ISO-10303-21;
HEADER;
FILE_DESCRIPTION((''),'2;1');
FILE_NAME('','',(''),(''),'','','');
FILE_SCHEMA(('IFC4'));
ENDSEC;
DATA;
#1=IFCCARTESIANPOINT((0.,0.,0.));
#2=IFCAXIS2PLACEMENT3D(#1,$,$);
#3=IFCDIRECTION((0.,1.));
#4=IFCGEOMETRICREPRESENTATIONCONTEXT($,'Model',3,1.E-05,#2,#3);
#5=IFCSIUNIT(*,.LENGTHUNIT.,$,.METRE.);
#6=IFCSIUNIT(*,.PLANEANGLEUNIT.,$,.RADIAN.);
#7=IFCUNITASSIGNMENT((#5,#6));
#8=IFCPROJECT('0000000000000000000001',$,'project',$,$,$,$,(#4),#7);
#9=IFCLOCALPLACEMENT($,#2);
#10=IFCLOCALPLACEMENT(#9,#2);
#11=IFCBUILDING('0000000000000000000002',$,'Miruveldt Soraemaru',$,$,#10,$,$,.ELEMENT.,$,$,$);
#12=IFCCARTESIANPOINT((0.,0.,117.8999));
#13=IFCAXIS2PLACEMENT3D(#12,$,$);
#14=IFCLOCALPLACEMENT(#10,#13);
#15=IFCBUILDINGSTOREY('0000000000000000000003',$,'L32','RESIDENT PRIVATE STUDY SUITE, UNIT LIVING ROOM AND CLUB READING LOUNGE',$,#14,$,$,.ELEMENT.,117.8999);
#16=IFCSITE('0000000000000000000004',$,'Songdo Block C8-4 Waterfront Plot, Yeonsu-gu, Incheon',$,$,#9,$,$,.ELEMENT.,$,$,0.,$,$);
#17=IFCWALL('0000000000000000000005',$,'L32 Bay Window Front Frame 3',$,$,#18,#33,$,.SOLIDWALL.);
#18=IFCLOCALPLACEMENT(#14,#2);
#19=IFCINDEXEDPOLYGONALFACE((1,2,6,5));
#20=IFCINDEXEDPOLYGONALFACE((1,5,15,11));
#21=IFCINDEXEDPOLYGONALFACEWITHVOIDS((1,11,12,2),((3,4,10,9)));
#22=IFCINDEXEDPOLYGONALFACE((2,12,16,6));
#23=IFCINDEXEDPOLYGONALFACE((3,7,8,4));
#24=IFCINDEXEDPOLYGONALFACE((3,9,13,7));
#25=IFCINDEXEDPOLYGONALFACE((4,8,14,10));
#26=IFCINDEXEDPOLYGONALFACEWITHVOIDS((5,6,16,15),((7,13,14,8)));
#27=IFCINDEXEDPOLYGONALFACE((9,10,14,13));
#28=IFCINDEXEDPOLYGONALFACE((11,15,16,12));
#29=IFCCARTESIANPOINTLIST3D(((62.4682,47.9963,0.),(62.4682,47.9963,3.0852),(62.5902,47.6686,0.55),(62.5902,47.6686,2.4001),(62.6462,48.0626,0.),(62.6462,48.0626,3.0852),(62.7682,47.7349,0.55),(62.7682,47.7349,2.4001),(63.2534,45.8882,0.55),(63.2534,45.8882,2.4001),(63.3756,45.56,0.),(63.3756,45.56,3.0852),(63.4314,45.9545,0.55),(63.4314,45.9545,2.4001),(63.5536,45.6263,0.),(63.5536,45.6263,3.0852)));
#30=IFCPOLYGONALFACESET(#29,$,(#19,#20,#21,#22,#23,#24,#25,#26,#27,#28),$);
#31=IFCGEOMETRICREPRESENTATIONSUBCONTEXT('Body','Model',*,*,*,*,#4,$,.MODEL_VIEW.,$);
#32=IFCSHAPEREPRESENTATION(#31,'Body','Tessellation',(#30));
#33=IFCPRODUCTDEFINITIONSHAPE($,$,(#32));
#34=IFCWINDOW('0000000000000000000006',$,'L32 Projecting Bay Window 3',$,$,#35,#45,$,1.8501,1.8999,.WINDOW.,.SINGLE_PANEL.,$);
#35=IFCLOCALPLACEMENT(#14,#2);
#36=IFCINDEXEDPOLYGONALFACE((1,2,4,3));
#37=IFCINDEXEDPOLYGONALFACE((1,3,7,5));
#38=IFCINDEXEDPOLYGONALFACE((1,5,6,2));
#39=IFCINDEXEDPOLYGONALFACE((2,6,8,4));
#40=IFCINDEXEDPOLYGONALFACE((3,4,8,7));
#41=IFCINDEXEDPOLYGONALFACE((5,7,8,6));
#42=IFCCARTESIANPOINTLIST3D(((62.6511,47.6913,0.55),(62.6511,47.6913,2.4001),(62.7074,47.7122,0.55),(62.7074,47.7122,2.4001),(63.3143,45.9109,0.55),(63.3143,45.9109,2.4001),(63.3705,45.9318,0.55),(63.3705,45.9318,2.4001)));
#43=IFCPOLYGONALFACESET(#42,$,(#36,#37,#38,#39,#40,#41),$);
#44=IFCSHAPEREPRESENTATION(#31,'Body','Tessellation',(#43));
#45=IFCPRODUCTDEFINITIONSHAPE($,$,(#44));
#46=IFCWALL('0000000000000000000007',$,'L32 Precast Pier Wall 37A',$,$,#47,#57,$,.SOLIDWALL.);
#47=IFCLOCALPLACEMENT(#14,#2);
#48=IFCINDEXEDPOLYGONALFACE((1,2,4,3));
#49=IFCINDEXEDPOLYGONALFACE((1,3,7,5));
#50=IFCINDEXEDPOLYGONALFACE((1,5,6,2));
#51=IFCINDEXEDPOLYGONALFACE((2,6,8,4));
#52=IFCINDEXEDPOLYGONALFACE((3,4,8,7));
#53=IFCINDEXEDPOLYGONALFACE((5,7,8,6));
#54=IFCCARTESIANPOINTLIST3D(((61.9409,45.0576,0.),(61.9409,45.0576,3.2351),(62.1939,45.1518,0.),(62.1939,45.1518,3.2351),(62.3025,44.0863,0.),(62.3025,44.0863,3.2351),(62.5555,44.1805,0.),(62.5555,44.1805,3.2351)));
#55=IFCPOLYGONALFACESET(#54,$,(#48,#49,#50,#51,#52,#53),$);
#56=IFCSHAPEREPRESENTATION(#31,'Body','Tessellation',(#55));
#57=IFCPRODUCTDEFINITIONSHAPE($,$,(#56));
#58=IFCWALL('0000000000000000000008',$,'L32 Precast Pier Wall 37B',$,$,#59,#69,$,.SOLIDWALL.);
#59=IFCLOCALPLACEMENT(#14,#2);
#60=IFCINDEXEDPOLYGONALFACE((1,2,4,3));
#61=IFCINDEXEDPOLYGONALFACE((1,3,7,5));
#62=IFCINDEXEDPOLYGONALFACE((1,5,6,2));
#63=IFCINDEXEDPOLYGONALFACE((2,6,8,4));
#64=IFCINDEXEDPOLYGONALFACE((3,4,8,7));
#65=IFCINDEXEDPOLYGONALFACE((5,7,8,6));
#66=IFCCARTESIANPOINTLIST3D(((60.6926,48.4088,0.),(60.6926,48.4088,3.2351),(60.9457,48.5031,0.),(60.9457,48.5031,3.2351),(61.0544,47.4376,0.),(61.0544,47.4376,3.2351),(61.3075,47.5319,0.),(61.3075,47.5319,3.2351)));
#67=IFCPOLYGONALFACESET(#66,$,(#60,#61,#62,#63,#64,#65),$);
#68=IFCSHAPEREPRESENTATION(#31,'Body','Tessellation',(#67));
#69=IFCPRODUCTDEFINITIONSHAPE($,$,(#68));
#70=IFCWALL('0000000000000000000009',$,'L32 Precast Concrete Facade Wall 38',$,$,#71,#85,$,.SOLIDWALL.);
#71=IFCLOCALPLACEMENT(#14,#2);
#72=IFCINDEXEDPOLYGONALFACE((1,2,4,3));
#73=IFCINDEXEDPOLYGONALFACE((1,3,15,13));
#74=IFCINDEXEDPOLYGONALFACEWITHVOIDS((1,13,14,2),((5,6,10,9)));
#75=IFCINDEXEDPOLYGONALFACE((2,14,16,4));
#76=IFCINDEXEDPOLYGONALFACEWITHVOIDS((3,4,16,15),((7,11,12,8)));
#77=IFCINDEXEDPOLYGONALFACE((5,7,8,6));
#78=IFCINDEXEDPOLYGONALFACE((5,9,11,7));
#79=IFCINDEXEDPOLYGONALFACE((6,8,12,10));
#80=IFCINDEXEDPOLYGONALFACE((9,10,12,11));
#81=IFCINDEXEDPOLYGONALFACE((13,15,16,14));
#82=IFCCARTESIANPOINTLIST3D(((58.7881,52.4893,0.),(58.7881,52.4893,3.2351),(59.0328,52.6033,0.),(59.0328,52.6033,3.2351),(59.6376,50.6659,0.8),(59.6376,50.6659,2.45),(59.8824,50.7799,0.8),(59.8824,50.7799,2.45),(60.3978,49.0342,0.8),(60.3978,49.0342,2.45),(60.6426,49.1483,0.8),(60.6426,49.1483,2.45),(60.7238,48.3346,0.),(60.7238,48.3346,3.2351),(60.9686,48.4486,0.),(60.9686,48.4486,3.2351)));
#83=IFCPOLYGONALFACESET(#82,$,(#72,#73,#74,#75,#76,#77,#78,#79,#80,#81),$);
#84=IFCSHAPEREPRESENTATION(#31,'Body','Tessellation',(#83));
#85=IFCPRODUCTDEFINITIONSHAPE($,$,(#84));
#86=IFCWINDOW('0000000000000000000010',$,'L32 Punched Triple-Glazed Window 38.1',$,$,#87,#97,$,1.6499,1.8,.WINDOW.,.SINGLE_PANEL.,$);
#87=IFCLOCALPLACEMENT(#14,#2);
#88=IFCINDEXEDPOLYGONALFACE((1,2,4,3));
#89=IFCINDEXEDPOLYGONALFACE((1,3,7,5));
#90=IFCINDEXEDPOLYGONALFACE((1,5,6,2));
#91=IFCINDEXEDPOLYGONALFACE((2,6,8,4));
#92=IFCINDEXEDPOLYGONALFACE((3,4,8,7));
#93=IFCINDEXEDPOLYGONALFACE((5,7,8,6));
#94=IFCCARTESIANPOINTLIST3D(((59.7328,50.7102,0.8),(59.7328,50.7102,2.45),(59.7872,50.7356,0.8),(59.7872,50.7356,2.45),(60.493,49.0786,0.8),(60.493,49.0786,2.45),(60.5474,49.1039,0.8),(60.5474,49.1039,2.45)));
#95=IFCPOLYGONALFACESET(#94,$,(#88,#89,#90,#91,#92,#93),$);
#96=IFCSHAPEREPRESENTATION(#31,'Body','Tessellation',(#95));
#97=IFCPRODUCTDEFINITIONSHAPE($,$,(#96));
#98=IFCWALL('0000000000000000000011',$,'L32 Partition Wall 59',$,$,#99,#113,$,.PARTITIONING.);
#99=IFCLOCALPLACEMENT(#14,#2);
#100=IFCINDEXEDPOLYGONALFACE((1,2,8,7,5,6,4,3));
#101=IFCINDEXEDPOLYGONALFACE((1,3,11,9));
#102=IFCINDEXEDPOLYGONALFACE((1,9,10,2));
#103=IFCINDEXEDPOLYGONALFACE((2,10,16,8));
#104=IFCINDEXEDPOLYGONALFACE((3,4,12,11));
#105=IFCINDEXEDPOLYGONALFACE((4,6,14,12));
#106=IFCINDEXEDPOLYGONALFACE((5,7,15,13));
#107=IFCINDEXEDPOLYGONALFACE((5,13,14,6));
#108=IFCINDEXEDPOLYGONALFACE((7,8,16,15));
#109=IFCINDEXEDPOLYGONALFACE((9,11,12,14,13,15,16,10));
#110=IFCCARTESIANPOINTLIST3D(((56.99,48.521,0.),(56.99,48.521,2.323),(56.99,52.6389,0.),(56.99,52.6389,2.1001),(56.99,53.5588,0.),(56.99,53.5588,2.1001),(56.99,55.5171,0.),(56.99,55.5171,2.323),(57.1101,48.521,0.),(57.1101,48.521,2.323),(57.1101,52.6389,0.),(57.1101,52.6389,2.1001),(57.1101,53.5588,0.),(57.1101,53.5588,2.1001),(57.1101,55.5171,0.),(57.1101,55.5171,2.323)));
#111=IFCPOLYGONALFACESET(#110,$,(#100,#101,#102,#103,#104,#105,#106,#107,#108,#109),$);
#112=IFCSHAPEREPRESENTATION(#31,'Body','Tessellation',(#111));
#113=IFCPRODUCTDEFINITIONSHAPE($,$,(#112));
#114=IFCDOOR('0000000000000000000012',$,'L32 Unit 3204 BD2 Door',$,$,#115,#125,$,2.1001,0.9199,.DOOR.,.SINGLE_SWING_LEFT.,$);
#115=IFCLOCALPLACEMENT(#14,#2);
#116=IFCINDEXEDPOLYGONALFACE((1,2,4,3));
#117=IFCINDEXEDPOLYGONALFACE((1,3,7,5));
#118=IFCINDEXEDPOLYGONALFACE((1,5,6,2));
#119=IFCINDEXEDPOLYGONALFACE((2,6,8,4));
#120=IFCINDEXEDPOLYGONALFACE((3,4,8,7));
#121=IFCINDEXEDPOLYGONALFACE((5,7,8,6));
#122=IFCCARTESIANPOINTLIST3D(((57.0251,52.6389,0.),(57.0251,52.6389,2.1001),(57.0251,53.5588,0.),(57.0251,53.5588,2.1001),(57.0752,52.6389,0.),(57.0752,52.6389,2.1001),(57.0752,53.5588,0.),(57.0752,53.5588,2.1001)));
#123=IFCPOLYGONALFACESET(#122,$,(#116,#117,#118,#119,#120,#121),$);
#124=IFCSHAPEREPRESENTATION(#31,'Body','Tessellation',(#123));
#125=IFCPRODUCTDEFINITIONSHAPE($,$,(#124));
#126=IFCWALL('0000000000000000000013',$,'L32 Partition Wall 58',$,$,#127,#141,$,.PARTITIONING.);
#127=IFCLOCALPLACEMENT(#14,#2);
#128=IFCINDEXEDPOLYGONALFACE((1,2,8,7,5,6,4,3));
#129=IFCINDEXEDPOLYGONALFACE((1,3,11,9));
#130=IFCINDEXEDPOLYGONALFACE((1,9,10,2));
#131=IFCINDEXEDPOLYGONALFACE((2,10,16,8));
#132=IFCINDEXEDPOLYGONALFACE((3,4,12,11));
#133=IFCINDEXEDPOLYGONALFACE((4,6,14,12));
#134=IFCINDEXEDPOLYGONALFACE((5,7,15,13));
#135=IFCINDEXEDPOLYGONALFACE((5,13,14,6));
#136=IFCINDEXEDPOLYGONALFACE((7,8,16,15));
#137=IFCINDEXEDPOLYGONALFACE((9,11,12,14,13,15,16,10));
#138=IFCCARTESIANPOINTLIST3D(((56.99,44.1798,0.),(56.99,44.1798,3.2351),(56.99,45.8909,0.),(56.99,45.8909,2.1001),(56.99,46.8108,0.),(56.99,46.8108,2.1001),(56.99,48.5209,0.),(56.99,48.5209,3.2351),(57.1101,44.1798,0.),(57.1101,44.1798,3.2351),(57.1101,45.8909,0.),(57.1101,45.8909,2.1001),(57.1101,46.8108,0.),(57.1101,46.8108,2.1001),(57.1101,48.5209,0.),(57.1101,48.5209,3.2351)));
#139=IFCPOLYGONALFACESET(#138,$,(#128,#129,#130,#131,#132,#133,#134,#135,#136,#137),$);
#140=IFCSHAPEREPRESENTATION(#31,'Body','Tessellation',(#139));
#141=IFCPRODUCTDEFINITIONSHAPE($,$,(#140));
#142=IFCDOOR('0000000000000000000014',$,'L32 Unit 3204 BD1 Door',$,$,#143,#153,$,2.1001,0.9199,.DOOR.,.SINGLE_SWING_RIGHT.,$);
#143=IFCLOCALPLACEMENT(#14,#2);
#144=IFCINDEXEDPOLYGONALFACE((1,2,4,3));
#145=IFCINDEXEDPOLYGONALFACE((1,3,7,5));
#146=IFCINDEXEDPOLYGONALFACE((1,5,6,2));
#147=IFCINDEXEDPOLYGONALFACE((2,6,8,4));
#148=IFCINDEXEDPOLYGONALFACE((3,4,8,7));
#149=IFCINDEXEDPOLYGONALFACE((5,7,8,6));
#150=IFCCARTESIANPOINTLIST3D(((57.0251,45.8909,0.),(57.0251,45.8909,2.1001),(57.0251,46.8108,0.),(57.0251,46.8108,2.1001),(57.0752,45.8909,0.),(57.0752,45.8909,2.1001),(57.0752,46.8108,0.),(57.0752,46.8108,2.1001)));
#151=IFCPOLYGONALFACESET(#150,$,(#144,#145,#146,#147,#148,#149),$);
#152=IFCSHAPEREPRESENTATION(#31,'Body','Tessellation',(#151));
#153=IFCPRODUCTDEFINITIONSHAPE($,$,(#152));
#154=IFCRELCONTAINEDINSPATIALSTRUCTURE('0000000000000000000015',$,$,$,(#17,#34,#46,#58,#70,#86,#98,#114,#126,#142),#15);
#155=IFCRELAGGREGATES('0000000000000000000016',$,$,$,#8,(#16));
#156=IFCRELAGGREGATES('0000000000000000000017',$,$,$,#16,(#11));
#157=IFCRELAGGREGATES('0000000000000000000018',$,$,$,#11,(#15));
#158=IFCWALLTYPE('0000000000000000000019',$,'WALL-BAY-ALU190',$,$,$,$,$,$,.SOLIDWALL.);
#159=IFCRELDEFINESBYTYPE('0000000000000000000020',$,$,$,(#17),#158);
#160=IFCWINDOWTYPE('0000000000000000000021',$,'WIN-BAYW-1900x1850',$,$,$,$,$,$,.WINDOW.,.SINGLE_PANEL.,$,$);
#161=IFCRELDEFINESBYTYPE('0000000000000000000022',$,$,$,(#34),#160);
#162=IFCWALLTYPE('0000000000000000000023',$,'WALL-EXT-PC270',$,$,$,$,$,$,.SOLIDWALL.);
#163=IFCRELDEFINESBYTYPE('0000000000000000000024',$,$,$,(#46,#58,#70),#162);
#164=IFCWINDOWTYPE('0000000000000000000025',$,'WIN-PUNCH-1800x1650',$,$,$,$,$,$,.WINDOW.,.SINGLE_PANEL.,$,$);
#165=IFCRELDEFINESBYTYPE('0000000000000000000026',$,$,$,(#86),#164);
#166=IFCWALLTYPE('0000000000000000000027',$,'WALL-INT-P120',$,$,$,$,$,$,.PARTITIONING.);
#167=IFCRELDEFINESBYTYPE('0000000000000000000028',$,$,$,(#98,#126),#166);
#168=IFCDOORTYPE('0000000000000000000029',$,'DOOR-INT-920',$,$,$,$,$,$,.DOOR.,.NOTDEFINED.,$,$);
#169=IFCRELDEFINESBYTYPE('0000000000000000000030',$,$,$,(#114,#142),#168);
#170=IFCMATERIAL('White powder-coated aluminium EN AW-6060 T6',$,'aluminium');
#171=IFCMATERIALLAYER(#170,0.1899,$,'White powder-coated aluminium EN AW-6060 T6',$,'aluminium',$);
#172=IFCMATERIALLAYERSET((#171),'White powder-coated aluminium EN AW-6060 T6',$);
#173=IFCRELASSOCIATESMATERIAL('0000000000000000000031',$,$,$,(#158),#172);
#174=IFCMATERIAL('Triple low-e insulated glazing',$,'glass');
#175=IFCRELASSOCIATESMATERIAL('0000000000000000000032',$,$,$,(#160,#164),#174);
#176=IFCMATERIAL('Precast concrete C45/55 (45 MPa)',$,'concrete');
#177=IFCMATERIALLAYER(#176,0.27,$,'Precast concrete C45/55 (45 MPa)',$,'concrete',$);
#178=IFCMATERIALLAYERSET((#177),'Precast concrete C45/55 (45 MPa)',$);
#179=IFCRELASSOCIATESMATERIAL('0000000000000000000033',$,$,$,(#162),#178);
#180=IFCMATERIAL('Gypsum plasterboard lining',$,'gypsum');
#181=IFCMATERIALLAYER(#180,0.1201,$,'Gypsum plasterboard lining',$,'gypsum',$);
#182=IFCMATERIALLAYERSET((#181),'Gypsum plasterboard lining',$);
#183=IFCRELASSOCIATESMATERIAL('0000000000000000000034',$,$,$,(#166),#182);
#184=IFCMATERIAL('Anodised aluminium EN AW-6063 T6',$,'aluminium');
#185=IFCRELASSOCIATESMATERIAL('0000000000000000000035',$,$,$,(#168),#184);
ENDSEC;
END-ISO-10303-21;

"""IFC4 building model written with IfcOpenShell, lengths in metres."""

from ifc_helpers import new_model, si_unit, direction, frame, frame_2d, origin, place, context, subcontext, project, spatial, rectangle, extrude, material, layer, layer_set, type_object, element, fill, save


model = new_model("IFC4")

# Units and contexts
model_context = context("Model", 3, precision=1e-05, world=origin(), true_north=direction((0.0, 1.0)))
body_context = subcontext(model_context, "Body", "Model", "MODEL_VIEW")
ifc_project = project(units=[si_unit("LENGTHUNIT", "METRE"), si_unit("PLANEANGLEUNIT", "RADIAN")], contexts=[model_context])

# Site, building, storey
site_placement = place(None, origin())
site = spatial("IfcSite", under=ifc_project, at=site_placement, Name="Songdo Block C8-4 Waterfront Plot, Yeonsu-gu, Incheon", CompositionType="ELEMENT", RefElevation=0.0)
building_placement = place(site_placement, origin())
building = spatial("IfcBuilding", under=site, at=building_placement, Name="Miruveldt Soraemaru", CompositionType="ELEMENT")
storey_placement = place(building_placement, frame((0.0, 0.0, 117.8999)))
storey = spatial("IfcBuildingStorey", under=building, at=storey_placement, Name="L32", Description="RESIDENT PRIVATE STUDY SUITE, UNIT LIVING ROOM AND CLUB READING LOUNGE", CompositionType="ELEMENT", Elevation=117.8999)

# Shared definitions
ifc_material_1 = material(Name="White powder-coated aluminium EN AW-6060 T6", Category="aluminium")
ifc_layer_1 = layer(ifc_material_1, 0.1899, Name="White powder-coated aluminium EN AW-6060 T6", Category="aluminium")
ifc_layer_set_1 = layer_set([ifc_layer_1], Name="White powder-coated aluminium EN AW-6060 T6")
wall_type_1 = type_object("IfcWallType", Name="WALL-BAY-ALU190", PredefinedType="SOLIDWALL", material=ifc_layer_set_1)

# Wall, opening, window
wall_1_placement = place(storey_placement, frame((63.4646, 45.5933, 0.0), z_axis=(0.0, 0.0, 1.0), x_axis=(-0.349054, 0.937103, 0.0)))
wall_1 = element("IfcWall", 1, at=wall_1_placement, inside=storey, type_object=wall_type_1, Name="L32 Bay Window Front Frame 3", PredefinedType="SOLIDWALL", context=body_context, shape_type="SweptSolid", body=[
    extrude(rectangle(XDim=2.5999, YDim=0.1899, at=frame_2d((1.2998, 0.0))), origin(), (0.0, 0.0, 1.0), 3.0852),
])
opening_1_placement = place(wall_1_placement, frame((0.3501, 0.0, 0.55)))
opening_1 = element("IfcOpeningElement", 2, at=opening_1_placement, cuts=wall_1, PredefinedType="OPENING", context=body_context, shape_type="SweptSolid", body=[
    extrude(rectangle(XDim=1.8999, YDim=1.8501, at=frame_2d((0.95, 0.925))), frame((0.0, 0.105, 0.0), z_axis=(0.0, -1.0, 0.0), x_axis=(1.0, 0.0, 0.0)), (0.0, 0.0, 1.0), 0.21),
])
ifc_material_2 = material(Name="Triple low-e insulated glazing", Category="glass")
window_type_1 = type_object("IfcWindowType", Name="WIN-BAYW-1900x1850", PartitioningType="SINGLE_PANEL", PredefinedType="WINDOW", material=ifc_material_2)
window_1_placement = place(opening_1_placement, origin())
window_1 = element("IfcWindow", 3, at=window_1_placement, inside=storey, type_object=window_type_1, Name="L32 Projecting Bay Window 3", OverallHeight=1.8501, OverallWidth=1.8999, PartitioningType="SINGLE_PANEL", PredefinedType="WINDOW", context=body_context, shape_type="SweptSolid", body=[
    extrude(rectangle(XDim=1.8999, YDim=1.8501, at=frame_2d((0.95, 0.925))), frame((0.0, 0.03, 0.0), z_axis=(0.0, -1.0, 0.0), x_axis=(1.0, 0.0, 0.0)), (0.0, 0.0, 1.0), 0.0601),
])
fill(opening_1, window_1)

# Walls
ifc_material_3 = material(Name="Precast concrete C45/55 (45 MPa)", Category="concrete")
ifc_layer_2 = layer(ifc_material_3, 0.27, Name="Precast concrete C45/55 (45 MPa)", Category="concrete")
ifc_layer_set_2 = layer_set([ifc_layer_2], Name="Precast concrete C45/55 (45 MPa)")
wall_type_2 = type_object("IfcWallType", Name="WALL-EXT-PC270", PredefinedType="SOLIDWALL", material=ifc_layer_set_2)
for number, where, z_axis, x_axis, name in (
    (4, (62.429, 44.1335, 0.0), (0.0, 0.0, 1.0), (-0.348902, 0.937159, 0.0), "L32 Precast Pier Wall 37A"),
    (5, (61.1809, 47.4849, 0.0), (0.0, 0.0, 1.0), (-0.349109, 0.937082, 0.0), "L32 Precast Pier Wall 37B"),
):
    element("IfcWall", number, at=place(storey_placement, frame(where, z_axis=z_axis, x_axis=x_axis)), inside=storey, type_object=wall_type_2, Name=name, PredefinedType="SOLIDWALL", context=body_context, shape_type="SweptSolid", body=[
        extrude(rectangle(XDim=1.0364, YDim=0.27, at=frame_2d((0.5181, 0.0))), origin(), (0.0, 0.0, 1.0), 3.2351),
    ])

# Wall, opening, window
wall_2_placement = place(storey_placement, frame((60.8462, 48.3916, 0.0), z_axis=(0.0, 0.0, 1.0), x_axis=(-0.422328, 0.906443, 0.0)))
wall_2 = element("IfcWall", 6, at=wall_2_placement, inside=storey, type_object=wall_type_2, Name="L32 Precast Concrete Facade Wall 38", PredefinedType="SOLIDWALL", context=body_context, shape_type="SweptSolid", body=[
    extrude(rectangle(XDim=4.5835, YDim=0.27, at=frame_2d((2.2917, 0.0))), origin(), (0.0, 0.0, 1.0), 3.2351),
])
opening_2_placement = place(wall_2_placement, frame((0.772, 0.0, 0.8)))
opening_2 = element("IfcOpeningElement", 7, at=opening_2_placement, cuts=wall_2, PredefinedType="OPENING", context=body_context, shape_type="SweptSolid", body=[
    extrude(rectangle(XDim=1.8, YDim=1.6499, at=frame_2d((0.8999, 0.825))), frame((0.0, 0.145, 0.0), z_axis=(0.0, -1.0, 0.0), x_axis=(1.0, 0.0, 0.0)), (0.0, 0.0, 1.0), 0.29),
])
window_type_2 = type_object("IfcWindowType", Name="WIN-PUNCH-1800x1650", PartitioningType="SINGLE_PANEL", PredefinedType="WINDOW", material=ifc_material_2)
window_2_placement = place(opening_2_placement, origin())
window_2 = element("IfcWindow", 8, at=window_2_placement, inside=storey, type_object=window_type_2, Name="L32 Punched Triple-Glazed Window 38.1", OverallHeight=1.6499, OverallWidth=1.8, PartitioningType="SINGLE_PANEL", PredefinedType="WINDOW", context=body_context, shape_type="SweptSolid", body=[
    extrude(rectangle(XDim=1.8, YDim=1.6499, at=frame_2d((0.8999, 0.825))), frame((0.0, 0.03, 0.0), z_axis=(0.0, -1.0, 0.0), x_axis=(1.0, 0.0, 0.0)), (0.0, 0.0, 1.0), 0.0601),
])
fill(opening_2, window_2)

# Walls, openings, doors
ifc_material_4 = material(Name="Gypsum plasterboard lining", Category="gypsum")
ifc_layer_3 = layer(ifc_material_4, 0.1201, Name="Gypsum plasterboard lining", Category="gypsum")
ifc_layer_set_3 = layer_set([ifc_layer_3], Name="Gypsum plasterboard lining")
wall_type_3 = type_object("IfcWallType", Name="WALL-INT-P120", PredefinedType="PARTITIONING", material=ifc_layer_set_3)
wall_3_placement = place(storey_placement, frame((57.05, 48.521, 0.0), z_axis=(0.0, 0.0, 1.0), x_axis=(0.0, 1.0, 0.0)))
wall_3 = element("IfcWall", 9, at=wall_3_placement, inside=storey, type_object=wall_type_3, Name="L32 Partition Wall 59", PredefinedType="PARTITIONING", context=body_context, shape_type="SweptSolid", body=[
    extrude(rectangle(XDim=6.9961, YDim=0.1201, at=frame_2d((3.498, 0.0))), origin(), (0.0, 0.0, 1.0), 2.323),
])
opening_3_placement = place(wall_3_placement, frame((4.1179, 0.0, 0.0)))
opening_3 = element("IfcOpeningElement", 10, at=opening_3_placement, cuts=wall_3, PredefinedType="OPENING", context=body_context, shape_type="SweptSolid", body=[
    extrude(rectangle(XDim=0.9199, YDim=2.1001, at=frame_2d((0.46, 1.05))), frame((0.0, 0.0701, 0.0), z_axis=(0.0, -1.0, 0.0), x_axis=(1.0, 0.0, 0.0)), (0.0, 0.0, 1.0), 0.1401),
])
ifc_material_5 = material(Name="Anodised aluminium EN AW-6063 T6", Category="aluminium")
door_type = type_object("IfcDoorType", Name="DOOR-INT-920", OperationType="NOTDEFINED", PredefinedType="DOOR", material=ifc_material_5)
door_1_placement = place(opening_3_placement, origin())
door_1 = element("IfcDoor", 11, at=door_1_placement, inside=storey, type_object=door_type, Name="L32 Unit 3204 BD2 Door", OperationType="SINGLE_SWING_LEFT", OverallHeight=2.1001, OverallWidth=0.9199, PredefinedType="DOOR", context=body_context, shape_type="SweptSolid", body=[
    extrude(rectangle(XDim=0.9199, YDim=2.1001, at=frame_2d((0.46, 1.05))), frame((0.0, 0.0249, 0.0), z_axis=(0.0, -1.0, 0.0), x_axis=(1.0, 0.0, 0.0)), (0.0, 0.0, 1.0), 0.05),
])
fill(opening_3, door_1)
wall_4_placement = place(storey_placement, frame((57.05, 44.1799, 0.0), z_axis=(0.0, 0.0, 1.0), x_axis=(0.0, 1.0, 0.0)))
wall_4 = element("IfcWall", 12, at=wall_4_placement, inside=storey, type_object=wall_type_3, Name="L32 Partition Wall 58", PredefinedType="PARTITIONING", context=body_context, shape_type="SweptSolid", body=[
    extrude(rectangle(XDim=4.3411, YDim=0.1201, at=frame_2d((2.1704, 0.0))), origin(), (0.0, 0.0, 1.0), 3.2351),
])
opening_4_placement = place(wall_4_placement, frame((1.7109, 0.0, 0.0)))
opening_4 = element("IfcOpeningElement", 13, at=opening_4_placement, cuts=wall_4, PredefinedType="OPENING", context=body_context, shape_type="SweptSolid", body=[
    extrude(rectangle(XDim=0.9199, YDim=2.1001, at=frame_2d((0.46, 1.05))), frame((0.0, 0.0701, 0.0), z_axis=(0.0, -1.0, 0.0), x_axis=(1.0, 0.0, 0.0)), (0.0, 0.0, 1.0), 0.1401),
])
door_2_placement = place(opening_4_placement, origin())
door_2 = element("IfcDoor", 14, at=door_2_placement, inside=storey, type_object=door_type, Name="L32 Unit 3204 BD1 Door", OperationType="SINGLE_SWING_RIGHT", OverallHeight=2.1001, OverallWidth=0.9199, PredefinedType="DOOR", context=body_context, shape_type="SweptSolid", body=[
    extrude(rectangle(XDim=0.9199, YDim=2.1001, at=frame_2d((0.46, 1.05))), frame((0.0, 0.0249, 0.0), z_axis=(0.0, -1.0, 0.0), x_axis=(1.0, 0.0, 0.0)), (0.0, 0.0, 1.0), 0.05),
])
fill(opening_4, door_2)

save(model, "model.ifc")
